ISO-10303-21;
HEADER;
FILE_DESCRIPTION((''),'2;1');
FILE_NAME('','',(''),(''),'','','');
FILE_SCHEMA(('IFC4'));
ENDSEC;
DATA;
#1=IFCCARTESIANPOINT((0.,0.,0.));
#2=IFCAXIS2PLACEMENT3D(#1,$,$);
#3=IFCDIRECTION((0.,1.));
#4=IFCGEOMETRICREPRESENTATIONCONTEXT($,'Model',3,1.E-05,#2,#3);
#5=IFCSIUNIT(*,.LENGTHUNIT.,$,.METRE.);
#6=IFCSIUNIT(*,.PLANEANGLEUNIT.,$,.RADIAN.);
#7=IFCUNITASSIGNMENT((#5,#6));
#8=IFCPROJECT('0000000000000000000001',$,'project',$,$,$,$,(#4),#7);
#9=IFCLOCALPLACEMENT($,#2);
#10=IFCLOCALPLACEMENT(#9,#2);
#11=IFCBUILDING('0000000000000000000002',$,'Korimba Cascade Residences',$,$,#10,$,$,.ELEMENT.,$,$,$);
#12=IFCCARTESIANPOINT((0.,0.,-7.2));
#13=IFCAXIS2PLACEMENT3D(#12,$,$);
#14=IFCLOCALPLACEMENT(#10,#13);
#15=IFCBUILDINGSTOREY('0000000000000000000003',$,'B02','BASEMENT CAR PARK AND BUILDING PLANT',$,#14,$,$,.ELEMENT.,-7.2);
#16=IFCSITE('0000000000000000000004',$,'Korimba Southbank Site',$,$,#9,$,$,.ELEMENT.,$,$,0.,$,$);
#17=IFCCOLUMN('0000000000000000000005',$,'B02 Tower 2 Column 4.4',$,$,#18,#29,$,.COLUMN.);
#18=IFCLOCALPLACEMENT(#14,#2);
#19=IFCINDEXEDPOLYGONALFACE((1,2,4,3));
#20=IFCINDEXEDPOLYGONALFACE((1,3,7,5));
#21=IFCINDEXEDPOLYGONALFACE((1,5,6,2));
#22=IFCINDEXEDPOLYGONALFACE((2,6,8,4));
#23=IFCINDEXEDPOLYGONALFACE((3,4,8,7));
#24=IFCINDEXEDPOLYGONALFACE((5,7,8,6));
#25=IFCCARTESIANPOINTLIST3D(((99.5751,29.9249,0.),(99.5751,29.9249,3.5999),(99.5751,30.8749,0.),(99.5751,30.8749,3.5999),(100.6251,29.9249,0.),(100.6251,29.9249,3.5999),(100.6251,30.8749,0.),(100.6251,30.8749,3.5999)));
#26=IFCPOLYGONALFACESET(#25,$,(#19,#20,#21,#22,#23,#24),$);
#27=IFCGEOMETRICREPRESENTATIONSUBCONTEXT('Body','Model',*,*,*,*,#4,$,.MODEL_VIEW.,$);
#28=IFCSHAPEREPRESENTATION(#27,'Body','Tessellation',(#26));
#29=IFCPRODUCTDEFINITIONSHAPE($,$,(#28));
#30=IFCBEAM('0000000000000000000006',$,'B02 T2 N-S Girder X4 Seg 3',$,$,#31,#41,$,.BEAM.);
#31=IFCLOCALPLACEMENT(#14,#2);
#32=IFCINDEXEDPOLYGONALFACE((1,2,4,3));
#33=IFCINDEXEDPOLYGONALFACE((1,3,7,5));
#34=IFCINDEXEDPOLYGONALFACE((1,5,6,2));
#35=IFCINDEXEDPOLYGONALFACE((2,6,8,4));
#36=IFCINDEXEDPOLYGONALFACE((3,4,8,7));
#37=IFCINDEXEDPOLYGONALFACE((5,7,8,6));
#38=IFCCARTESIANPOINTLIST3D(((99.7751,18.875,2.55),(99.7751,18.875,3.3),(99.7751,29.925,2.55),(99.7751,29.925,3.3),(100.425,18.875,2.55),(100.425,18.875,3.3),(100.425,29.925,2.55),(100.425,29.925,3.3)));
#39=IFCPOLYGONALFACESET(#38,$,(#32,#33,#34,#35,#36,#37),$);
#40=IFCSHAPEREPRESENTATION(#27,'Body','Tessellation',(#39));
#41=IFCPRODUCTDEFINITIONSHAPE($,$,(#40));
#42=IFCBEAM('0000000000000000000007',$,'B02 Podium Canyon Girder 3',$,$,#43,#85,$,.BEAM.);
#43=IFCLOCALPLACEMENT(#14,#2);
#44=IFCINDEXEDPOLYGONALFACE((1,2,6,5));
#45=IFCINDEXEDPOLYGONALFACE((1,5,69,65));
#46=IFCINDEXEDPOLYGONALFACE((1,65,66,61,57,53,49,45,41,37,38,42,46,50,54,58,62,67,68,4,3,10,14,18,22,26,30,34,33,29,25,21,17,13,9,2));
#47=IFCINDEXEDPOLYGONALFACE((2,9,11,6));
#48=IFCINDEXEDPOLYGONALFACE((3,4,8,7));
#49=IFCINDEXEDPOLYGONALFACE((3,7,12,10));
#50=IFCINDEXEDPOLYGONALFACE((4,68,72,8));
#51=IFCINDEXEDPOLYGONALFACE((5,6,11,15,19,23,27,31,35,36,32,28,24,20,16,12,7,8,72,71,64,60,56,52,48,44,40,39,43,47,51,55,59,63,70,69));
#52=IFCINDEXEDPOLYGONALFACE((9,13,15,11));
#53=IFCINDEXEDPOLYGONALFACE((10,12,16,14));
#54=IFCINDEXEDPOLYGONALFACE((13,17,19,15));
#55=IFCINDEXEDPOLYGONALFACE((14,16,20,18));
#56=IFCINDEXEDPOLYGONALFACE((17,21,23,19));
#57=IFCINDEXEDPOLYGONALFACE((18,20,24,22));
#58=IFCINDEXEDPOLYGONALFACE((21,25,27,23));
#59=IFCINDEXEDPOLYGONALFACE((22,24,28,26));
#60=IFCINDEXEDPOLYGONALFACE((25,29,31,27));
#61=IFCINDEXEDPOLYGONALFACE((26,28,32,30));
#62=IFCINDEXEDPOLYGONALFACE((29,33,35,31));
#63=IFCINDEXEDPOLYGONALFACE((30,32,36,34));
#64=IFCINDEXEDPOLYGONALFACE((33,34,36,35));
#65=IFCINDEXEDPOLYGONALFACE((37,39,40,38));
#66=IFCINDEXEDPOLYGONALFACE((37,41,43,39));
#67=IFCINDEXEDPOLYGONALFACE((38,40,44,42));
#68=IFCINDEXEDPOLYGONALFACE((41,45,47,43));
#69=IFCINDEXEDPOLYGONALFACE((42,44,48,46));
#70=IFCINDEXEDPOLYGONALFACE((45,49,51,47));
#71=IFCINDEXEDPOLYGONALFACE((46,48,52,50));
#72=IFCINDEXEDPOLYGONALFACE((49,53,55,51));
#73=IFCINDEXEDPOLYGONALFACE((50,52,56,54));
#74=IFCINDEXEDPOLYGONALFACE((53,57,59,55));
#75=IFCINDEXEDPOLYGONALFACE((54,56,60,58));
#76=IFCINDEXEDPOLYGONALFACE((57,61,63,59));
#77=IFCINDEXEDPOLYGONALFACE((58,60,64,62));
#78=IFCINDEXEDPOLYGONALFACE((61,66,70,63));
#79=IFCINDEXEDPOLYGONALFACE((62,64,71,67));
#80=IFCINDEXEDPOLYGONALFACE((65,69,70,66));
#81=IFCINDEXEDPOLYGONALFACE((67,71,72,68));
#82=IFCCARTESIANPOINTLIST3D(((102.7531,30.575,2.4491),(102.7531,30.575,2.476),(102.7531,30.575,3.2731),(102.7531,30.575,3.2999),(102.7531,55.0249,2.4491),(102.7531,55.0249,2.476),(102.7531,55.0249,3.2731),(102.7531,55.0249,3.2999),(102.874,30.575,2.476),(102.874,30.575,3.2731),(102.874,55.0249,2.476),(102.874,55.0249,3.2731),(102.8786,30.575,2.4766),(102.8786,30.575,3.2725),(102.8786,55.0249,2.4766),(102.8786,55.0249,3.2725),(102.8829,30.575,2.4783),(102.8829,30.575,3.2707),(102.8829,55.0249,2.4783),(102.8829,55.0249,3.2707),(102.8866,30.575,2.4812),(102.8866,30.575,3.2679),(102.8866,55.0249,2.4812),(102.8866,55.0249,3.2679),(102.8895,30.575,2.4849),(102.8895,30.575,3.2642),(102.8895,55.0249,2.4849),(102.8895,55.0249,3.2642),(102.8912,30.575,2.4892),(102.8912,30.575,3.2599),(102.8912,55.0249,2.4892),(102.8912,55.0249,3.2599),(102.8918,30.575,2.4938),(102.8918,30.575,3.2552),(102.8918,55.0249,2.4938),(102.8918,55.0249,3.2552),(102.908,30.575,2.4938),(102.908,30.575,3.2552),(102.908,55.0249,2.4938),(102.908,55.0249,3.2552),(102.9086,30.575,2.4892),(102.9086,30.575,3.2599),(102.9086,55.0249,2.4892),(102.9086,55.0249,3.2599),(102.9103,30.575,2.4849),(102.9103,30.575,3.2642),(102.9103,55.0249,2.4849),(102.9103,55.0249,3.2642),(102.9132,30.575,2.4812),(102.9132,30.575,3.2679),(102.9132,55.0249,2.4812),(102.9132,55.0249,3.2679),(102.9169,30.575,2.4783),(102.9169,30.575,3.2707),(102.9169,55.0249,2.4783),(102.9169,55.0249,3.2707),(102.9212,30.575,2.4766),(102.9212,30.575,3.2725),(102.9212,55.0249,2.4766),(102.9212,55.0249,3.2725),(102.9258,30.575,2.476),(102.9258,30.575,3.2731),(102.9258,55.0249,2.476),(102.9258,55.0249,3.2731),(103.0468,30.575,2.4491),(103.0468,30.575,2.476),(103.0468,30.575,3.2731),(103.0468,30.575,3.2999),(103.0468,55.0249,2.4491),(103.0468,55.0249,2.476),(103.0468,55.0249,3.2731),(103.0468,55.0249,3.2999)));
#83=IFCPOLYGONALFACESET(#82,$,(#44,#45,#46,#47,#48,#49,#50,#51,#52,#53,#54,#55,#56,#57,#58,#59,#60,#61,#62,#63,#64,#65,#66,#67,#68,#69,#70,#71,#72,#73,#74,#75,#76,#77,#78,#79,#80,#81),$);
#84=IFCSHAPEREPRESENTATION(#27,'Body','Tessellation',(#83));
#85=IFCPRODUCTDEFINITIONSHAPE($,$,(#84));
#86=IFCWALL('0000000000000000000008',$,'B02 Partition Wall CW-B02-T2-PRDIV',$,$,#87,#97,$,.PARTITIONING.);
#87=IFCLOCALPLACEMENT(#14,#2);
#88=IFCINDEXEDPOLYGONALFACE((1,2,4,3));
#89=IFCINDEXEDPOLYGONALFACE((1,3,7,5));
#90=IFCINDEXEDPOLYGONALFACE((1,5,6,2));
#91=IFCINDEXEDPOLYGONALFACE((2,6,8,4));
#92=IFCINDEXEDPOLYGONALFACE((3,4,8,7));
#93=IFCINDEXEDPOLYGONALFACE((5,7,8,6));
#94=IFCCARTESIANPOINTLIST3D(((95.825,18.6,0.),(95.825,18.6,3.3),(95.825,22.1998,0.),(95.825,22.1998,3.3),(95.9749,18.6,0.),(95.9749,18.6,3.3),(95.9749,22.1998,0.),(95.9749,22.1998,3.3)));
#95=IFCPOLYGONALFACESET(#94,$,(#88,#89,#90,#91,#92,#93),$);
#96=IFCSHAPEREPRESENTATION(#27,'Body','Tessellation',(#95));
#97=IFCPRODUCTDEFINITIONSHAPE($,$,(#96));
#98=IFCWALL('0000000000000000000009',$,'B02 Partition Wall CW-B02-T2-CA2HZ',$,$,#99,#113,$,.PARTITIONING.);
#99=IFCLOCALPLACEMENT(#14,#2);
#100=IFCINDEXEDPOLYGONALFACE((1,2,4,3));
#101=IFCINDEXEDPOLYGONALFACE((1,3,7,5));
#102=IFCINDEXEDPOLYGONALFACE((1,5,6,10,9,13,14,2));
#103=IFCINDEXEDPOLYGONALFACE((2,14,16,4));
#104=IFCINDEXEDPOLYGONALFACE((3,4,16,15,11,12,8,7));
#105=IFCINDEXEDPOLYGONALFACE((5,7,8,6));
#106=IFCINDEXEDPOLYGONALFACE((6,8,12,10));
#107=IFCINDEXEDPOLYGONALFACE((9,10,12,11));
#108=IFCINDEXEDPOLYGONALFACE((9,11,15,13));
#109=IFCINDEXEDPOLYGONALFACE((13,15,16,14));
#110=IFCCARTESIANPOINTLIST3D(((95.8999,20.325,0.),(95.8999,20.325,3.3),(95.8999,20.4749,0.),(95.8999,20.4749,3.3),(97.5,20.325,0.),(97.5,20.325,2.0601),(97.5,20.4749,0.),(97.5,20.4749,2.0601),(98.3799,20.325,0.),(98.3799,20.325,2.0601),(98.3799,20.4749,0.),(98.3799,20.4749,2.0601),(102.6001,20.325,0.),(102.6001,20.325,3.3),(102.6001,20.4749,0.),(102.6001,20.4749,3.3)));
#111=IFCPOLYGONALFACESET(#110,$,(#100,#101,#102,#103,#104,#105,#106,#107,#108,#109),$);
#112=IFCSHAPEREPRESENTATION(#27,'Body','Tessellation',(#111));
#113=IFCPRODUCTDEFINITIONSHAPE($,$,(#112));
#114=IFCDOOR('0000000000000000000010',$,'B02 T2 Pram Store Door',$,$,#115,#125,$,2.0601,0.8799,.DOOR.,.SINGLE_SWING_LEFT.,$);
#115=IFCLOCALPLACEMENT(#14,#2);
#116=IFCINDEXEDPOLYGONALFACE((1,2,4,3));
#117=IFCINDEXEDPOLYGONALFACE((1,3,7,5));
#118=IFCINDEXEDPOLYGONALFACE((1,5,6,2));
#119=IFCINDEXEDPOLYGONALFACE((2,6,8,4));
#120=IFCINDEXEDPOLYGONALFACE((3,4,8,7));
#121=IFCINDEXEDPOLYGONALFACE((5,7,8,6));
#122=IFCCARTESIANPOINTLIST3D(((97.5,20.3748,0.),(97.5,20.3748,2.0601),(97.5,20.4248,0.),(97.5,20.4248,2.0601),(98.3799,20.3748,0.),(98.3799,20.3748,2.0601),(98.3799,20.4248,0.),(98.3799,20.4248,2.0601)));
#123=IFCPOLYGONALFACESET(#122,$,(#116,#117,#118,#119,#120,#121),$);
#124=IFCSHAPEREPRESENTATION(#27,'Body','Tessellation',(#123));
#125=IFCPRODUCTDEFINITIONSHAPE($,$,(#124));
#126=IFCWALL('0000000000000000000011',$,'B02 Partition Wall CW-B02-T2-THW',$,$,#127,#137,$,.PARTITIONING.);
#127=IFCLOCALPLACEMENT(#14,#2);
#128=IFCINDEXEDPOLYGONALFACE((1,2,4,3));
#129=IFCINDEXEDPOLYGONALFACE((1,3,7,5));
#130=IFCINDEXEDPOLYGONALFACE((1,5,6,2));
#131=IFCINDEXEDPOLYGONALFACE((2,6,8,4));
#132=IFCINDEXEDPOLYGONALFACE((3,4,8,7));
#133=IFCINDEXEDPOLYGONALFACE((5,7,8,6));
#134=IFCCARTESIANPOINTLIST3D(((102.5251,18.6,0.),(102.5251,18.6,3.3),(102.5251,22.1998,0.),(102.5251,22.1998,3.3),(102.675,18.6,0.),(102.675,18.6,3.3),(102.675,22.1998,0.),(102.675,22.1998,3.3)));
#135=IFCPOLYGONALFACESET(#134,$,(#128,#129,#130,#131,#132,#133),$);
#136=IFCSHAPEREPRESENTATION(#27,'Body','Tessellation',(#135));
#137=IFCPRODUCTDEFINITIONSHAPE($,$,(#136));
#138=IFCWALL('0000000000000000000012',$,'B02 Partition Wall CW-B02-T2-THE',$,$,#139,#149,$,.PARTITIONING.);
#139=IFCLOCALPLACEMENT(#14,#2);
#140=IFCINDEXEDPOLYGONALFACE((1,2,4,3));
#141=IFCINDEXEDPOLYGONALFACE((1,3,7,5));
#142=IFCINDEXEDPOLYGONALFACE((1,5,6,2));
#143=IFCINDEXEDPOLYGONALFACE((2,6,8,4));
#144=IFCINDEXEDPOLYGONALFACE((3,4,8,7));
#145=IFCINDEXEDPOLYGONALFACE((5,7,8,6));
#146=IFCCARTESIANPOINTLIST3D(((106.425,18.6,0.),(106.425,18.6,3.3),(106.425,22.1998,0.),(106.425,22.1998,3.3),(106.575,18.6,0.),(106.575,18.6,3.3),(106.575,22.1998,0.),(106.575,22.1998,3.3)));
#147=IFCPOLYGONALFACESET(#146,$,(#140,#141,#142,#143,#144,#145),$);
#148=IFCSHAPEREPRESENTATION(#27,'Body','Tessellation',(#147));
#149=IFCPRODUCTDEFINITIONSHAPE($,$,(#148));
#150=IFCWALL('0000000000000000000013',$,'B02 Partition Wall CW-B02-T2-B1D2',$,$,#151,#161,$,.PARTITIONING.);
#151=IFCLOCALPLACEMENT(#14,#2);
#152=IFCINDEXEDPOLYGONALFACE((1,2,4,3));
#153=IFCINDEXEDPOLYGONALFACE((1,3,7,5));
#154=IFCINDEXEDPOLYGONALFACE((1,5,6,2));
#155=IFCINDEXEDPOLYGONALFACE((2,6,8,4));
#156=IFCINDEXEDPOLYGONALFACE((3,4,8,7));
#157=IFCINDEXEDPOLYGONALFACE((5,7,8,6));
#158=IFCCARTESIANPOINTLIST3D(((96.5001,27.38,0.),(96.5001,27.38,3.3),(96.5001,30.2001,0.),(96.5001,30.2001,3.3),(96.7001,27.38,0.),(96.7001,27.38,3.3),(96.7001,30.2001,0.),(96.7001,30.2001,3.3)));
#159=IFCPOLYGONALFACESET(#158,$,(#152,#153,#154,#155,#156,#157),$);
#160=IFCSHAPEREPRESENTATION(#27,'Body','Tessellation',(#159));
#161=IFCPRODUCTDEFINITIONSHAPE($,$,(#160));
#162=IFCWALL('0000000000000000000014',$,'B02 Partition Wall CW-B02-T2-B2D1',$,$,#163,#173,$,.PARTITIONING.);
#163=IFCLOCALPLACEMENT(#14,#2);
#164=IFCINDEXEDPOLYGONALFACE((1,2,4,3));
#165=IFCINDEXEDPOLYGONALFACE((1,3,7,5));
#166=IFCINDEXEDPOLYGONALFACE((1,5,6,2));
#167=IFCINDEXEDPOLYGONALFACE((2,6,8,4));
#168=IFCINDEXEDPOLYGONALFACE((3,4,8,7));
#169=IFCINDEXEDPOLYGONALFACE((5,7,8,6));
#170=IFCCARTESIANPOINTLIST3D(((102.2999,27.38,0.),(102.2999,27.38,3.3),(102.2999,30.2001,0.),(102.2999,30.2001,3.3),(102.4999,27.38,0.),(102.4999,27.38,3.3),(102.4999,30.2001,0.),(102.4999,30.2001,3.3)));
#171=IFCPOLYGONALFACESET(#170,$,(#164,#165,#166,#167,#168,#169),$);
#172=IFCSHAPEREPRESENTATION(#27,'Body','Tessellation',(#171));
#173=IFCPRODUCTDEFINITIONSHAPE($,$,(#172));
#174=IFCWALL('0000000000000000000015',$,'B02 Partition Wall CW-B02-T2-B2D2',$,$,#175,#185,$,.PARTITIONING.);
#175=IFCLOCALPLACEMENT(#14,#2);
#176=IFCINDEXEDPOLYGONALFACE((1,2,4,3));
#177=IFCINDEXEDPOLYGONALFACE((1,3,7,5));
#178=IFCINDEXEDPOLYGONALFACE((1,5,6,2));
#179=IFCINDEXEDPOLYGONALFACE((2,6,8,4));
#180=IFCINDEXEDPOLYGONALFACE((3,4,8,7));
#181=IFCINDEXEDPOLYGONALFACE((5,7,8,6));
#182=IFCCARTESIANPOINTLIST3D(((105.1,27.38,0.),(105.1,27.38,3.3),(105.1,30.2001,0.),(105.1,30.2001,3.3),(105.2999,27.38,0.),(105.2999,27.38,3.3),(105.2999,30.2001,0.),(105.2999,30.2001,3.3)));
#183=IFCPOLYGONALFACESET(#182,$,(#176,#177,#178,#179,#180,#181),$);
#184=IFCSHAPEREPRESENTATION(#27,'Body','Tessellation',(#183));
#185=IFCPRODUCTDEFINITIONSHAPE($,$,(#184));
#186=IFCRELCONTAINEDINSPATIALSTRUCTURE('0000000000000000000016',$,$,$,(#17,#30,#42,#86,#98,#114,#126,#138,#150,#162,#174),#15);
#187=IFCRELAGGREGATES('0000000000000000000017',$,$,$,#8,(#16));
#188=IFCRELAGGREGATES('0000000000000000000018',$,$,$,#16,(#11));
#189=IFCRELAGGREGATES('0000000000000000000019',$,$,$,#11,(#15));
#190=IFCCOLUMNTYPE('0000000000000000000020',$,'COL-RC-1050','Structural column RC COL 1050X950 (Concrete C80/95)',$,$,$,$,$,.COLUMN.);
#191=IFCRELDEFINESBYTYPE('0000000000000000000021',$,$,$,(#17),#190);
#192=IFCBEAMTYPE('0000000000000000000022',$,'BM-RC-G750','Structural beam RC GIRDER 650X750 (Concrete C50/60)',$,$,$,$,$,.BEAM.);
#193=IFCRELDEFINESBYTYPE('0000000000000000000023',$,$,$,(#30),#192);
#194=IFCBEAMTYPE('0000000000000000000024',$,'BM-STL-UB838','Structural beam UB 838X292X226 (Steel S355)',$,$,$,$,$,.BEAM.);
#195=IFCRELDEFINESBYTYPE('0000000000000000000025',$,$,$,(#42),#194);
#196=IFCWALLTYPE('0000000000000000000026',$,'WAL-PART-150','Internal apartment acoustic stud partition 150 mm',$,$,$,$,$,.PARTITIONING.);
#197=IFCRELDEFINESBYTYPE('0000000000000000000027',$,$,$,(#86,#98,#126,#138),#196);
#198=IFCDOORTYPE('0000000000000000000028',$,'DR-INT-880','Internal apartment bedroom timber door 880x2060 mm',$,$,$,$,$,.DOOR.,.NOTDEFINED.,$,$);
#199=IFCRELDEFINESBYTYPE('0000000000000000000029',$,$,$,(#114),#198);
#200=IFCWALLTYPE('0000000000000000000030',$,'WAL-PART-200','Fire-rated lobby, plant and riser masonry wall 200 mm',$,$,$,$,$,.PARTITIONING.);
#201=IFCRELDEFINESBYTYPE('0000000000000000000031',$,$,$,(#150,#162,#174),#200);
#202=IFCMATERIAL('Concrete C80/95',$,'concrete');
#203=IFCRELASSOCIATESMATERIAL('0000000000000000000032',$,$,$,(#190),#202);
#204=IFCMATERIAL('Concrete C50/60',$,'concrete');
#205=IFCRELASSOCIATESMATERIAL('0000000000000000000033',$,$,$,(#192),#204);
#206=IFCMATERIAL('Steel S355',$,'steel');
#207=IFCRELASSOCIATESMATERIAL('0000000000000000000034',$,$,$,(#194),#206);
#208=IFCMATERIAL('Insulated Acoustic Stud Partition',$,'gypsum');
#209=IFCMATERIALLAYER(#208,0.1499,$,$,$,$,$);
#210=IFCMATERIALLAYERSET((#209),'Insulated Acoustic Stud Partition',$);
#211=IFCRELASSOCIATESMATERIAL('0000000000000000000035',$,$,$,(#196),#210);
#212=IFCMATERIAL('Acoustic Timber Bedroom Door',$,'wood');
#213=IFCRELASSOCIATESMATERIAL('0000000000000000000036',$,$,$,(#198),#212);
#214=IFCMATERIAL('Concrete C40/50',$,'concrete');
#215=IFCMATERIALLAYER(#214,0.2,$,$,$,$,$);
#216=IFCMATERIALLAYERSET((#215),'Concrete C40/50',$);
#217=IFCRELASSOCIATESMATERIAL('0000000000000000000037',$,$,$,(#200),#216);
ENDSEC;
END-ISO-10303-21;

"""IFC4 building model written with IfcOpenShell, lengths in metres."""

from ifc_helpers import new_model, si_unit, direction, frame, frame_2d, origin, origin_2d, place, context, subcontext, project, spatial, rectangle, i_section, extrude, material, layer, layer_set, material_profile, profile_set, type_object, element, fill, save


model = new_model("IFC4")

# Units and contexts
model_context = context("Model", 3, precision=1e-05, world=origin(), true_north=direction((0.0, 1.0)))
body_context = subcontext(model_context, "Body", "Model", "MODEL_VIEW")
ifc_project = project(units=[si_unit("LENGTHUNIT", "METRE"), si_unit("PLANEANGLEUNIT", "RADIAN")], contexts=[model_context])

# Site, building, storey
site_placement = place(None, origin())
site = spatial("IfcSite", under=ifc_project, at=site_placement, Name="Korimba Southbank Site", CompositionType="ELEMENT", RefElevation=0.0)
building_placement = place(site_placement, origin())
building = spatial("IfcBuilding", under=site, at=building_placement, Name="Korimba Cascade Residences", CompositionType="ELEMENT")
storey_placement = place(building_placement, frame((0.0, 0.0, -7.2)))
storey = spatial("IfcBuildingStorey", under=building, at=storey_placement, Name="B02", Description="BASEMENT CAR PARK AND BUILDING PLANT", CompositionType="ELEMENT", Elevation=-7.2)

# Column
ifc_material_1 = material(Name="Concrete C80/95", Category="concrete")
ifc_material_profile_1 = material_profile(ifc_material_1, rectangle(XDim=1.05, YDim=0.95, at=origin_2d()), Name="Concrete C80/95")
ifc_profile_set_1 = profile_set([ifc_material_profile_1], Name="Concrete C80/95")
column_type = type_object("IfcColumnType", Name="COL-RC-1050", Description="Structural column RC COL 1050X950 (Concrete C80/95)", PredefinedType="COLUMN", material=ifc_profile_set_1)
column_placement = place(storey_placement, frame((100.1001, 30.3999, 0.0), z_axis=(0.0, 0.0, 1.0), x_axis=(1.0, 0.0, 0.0)))
element("IfcColumn", 1, at=column_placement, inside=storey, type_object=column_type, Name="B02 Tower 2 Column 4.4", PredefinedType="COLUMN", context=body_context, shape_type="SweptSolid", body=[
    extrude(rectangle(XDim=1.05, YDim=0.95, at=origin_2d()), origin(), (0.0, 0.0, 1.0), 3.5999),
])

# Beams
ifc_material_2 = material(Name="Concrete C50/60", Category="concrete")
ifc_material_profile_2 = material_profile(ifc_material_2, rectangle(XDim=0.6499, YDim=0.75, at=origin_2d()), Name="Concrete C50/60")
ifc_profile_set_2 = profile_set([ifc_material_profile_2], Name="Concrete C50/60")
beam_type_1 = type_object("IfcBeamType", Name="BM-RC-G750", Description="Structural beam RC GIRDER 650X750 (Concrete C50/60)", PredefinedType="BEAM", material=ifc_profile_set_2)
beam_1_placement = place(storey_placement, frame((100.1001, 18.875, 2.925), z_axis=(0.0, 1.0, 0.0), x_axis=(-1.0, 0.0, 0.0)))
element("IfcBeam", 2, at=beam_1_placement, inside=storey, type_object=beam_type_1, Name="B02 T2 N-S Girder X4 Seg 3", PredefinedType="BEAM", context=body_context, shape_type="SweptSolid", body=[
    extrude(rectangle(XDim=0.6499, YDim=0.75, at=origin_2d()), origin(), (0.0, 0.0, 1.0), 11.05),
])
ifc_material_3 = material(Name="Steel S355", Category="steel")
ifc_material_profile_3 = material_profile(ifc_material_3, i_section(OverallWidth=0.2937, OverallDepth=0.8508, WebThickness=0.0161, FlangeThickness=0.0269, FilletRadius=0.0178, at=origin_2d()), Name="Steel S355")
ifc_profile_set_3 = profile_set([ifc_material_profile_3], Name="Steel S355")
beam_type_2 = type_object("IfcBeamType", Name="BM-STL-UB838", Description="Structural beam UB 838X292X226 (Steel S355)", PredefinedType="BEAM", material=ifc_profile_set_3)
beam_2_placement = place(storey_placement, frame((102.8999, 30.575, 2.8745), z_axis=(0.0, 1.0, 0.0), x_axis=(-1.0, 0.0, 0.0)))
element("IfcBeam", 3, at=beam_2_placement, inside=storey, type_object=beam_type_2, Name="B02 Podium Canyon Girder 3", PredefinedType="BEAM", context=body_context, shape_type="SweptSolid", body=[
    extrude(i_section(OverallWidth=0.2937, OverallDepth=0.8508, WebThickness=0.0161, FlangeThickness=0.0269, FilletRadius=0.0178, at=origin_2d()), origin(), (0.0, 0.0, 1.0), 24.45),
])

# Wall
ifc_material_4 = material(Name="Insulated Acoustic Stud Partition", Category="gypsum")
ifc_layer_1 = layer(ifc_material_4, 0.1499)
ifc_layer_set_1 = layer_set([ifc_layer_1], Name="Insulated Acoustic Stud Partition")
wall_type_1 = type_object("IfcWallType", Name="WAL-PART-150", Description="Internal apartment acoustic stud partition 150 mm", PredefinedType="PARTITIONING", material=ifc_layer_set_1)
wall_1_placement = place(storey_placement, frame((95.8999, 18.6001, 0.0), z_axis=(0.0, 0.0, 1.0), x_axis=(0.0, 1.0, 0.0)))
element("IfcWall", 4, at=wall_1_placement, inside=storey, type_object=wall_type_1, Name="B02 Partition Wall CW-B02-T2-PRDIV", PredefinedType="PARTITIONING", context=body_context, shape_type="SweptSolid", body=[
    extrude(rectangle(XDim=3.5999, YDim=0.1499, at=frame_2d((1.7998, 0.0))), origin(), (0.0, 0.0, 1.0), 3.3),
])

# Wall, opening, door
wall_2_placement = place(storey_placement, frame((95.8999, 20.3999, 0.0), z_axis=(0.0, 0.0, 1.0), x_axis=(1.0, 0.0, 0.0)))
wall_2 = element("IfcWall", 5, at=wall_2_placement, inside=storey, type_object=wall_type_1, Name="B02 Partition Wall CW-B02-T2-CA2HZ", PredefinedType="PARTITIONING", context=body_context, shape_type="SweptSolid", body=[
    extrude(rectangle(XDim=6.7002, YDim=0.1499, at=frame_2d((3.3501, 0.0))), origin(), (0.0, 0.0, 1.0), 3.3),
])
opening_1_placement = place(wall_2_placement, frame((1.6001, 0.0, 0.0)))
opening_1 = element("IfcOpeningElement", 6, at=opening_1_placement, cuts=wall_2, PredefinedType="OPENING", context=body_context, shape_type="SweptSolid", body=[
    extrude(rectangle(XDim=0.8799, YDim=2.0601, at=frame_2d((0.4399, 1.03))), frame((0.0, 0.085, 0.0), z_axis=(0.0, -1.0, 0.0), x_axis=(1.0, 0.0, 0.0)), (0.0, 0.0, 1.0), 0.1699),
])
ifc_material_5 = material(Name="Acoustic Timber Bedroom Door", Category="wood")
door_type_1 = type_object("IfcDoorType", Name="DR-INT-880", Description="Internal apartment bedroom timber door 880x2060 mm", OperationType="NOTDEFINED", PredefinedType="DOOR", material=ifc_material_5)
door_1_placement = place(opening_1_placement, origin())
door_1 = element("IfcDoor", 7, at=door_1_placement, inside=storey, type_object=door_type_1, Name="B02 T2 Pram Store Door", OperationType="SINGLE_SWING_LEFT", OverallHeight=2.0601, OverallWidth=0.8799, PredefinedType="DOOR", context=body_context, shape_type="SweptSolid", body=[
    extrude(rectangle(XDim=0.8799, YDim=2.0601, at=frame_2d((0.4399, 1.03))), frame((0.0, 0.0249, 0.0), z_axis=(0.0, -1.0, 0.0), x_axis=(1.0, 0.0, 0.0)), (0.0, 0.0, 1.0), 0.05),
])
fill(opening_1, door_1)

# Walls
for number, where, z_axis, x_axis, name in (
    (8, (102.6001, 18.6001, 0.0), (0.0, 0.0, 1.0), (0.0, 1.0, 0.0), "B02 Partition Wall CW-B02-T2-THW"),
    (9, (106.5, 18.6001, 0.0), (0.0, 0.0, 1.0), (0.0, 1.0, 0.0), "B02 Partition Wall CW-B02-T2-THE"),
):
    element("IfcWall", number, at=place(storey_placement, frame(where, z_axis=z_axis, x_axis=x_axis)), inside=storey, type_object=wall_type_1, Name=name, PredefinedType="PARTITIONING", context=body_context, shape_type="SweptSolid", body=[
        extrude(rectangle(XDim=3.5999, YDim=0.1499, at=frame_2d((1.7998, 0.0))), origin(), (0.0, 0.0, 1.0), 3.3),
    ])
ifc_material_6 = material(Name="Concrete C40/50", Category="concrete")
ifc_layer_2 = layer(ifc_material_6, 0.2)
ifc_layer_set_2 = layer_set([ifc_layer_2], Name="Concrete C40/50")
wall_type_2 = type_object("IfcWallType", Name="WAL-PART-200", Description="Fire-rated lobby, plant and riser masonry wall 200 mm", PredefinedType="PARTITIONING", material=ifc_layer_set_2)
for number, where, z_axis, x_axis, name in (
    (10, (96.6001, 27.3799, 0.0), (0.0, 0.0, 1.0), (0.0, 1.0, 0.0), "B02 Partition Wall CW-B02-T2-B1D2"),
    (11, (102.3999, 27.3799, 0.0), (0.0, 0.0, 1.0), (0.0, 1.0, 0.0), "B02 Partition Wall CW-B02-T2-B2D1"),
    (12, (105.2, 27.3799, 0.0), (0.0, 0.0, 1.0), (0.0, 1.0, 0.0), "B02 Partition Wall CW-B02-T2-B2D2"),
):
    element("IfcWall", number, at=place(storey_placement, frame(where, z_axis=z_axis, x_axis=x_axis)), inside=storey, type_object=wall_type_2, Name=name, PredefinedType="PARTITIONING", context=body_context, shape_type="SweptSolid", body=[
        extrude(rectangle(XDim=2.8201, YDim=0.2, at=frame_2d((1.4102, 0.0))), origin(), (0.0, 0.0, 1.0), 3.3),
    ])

save(model, "model.ifc")
